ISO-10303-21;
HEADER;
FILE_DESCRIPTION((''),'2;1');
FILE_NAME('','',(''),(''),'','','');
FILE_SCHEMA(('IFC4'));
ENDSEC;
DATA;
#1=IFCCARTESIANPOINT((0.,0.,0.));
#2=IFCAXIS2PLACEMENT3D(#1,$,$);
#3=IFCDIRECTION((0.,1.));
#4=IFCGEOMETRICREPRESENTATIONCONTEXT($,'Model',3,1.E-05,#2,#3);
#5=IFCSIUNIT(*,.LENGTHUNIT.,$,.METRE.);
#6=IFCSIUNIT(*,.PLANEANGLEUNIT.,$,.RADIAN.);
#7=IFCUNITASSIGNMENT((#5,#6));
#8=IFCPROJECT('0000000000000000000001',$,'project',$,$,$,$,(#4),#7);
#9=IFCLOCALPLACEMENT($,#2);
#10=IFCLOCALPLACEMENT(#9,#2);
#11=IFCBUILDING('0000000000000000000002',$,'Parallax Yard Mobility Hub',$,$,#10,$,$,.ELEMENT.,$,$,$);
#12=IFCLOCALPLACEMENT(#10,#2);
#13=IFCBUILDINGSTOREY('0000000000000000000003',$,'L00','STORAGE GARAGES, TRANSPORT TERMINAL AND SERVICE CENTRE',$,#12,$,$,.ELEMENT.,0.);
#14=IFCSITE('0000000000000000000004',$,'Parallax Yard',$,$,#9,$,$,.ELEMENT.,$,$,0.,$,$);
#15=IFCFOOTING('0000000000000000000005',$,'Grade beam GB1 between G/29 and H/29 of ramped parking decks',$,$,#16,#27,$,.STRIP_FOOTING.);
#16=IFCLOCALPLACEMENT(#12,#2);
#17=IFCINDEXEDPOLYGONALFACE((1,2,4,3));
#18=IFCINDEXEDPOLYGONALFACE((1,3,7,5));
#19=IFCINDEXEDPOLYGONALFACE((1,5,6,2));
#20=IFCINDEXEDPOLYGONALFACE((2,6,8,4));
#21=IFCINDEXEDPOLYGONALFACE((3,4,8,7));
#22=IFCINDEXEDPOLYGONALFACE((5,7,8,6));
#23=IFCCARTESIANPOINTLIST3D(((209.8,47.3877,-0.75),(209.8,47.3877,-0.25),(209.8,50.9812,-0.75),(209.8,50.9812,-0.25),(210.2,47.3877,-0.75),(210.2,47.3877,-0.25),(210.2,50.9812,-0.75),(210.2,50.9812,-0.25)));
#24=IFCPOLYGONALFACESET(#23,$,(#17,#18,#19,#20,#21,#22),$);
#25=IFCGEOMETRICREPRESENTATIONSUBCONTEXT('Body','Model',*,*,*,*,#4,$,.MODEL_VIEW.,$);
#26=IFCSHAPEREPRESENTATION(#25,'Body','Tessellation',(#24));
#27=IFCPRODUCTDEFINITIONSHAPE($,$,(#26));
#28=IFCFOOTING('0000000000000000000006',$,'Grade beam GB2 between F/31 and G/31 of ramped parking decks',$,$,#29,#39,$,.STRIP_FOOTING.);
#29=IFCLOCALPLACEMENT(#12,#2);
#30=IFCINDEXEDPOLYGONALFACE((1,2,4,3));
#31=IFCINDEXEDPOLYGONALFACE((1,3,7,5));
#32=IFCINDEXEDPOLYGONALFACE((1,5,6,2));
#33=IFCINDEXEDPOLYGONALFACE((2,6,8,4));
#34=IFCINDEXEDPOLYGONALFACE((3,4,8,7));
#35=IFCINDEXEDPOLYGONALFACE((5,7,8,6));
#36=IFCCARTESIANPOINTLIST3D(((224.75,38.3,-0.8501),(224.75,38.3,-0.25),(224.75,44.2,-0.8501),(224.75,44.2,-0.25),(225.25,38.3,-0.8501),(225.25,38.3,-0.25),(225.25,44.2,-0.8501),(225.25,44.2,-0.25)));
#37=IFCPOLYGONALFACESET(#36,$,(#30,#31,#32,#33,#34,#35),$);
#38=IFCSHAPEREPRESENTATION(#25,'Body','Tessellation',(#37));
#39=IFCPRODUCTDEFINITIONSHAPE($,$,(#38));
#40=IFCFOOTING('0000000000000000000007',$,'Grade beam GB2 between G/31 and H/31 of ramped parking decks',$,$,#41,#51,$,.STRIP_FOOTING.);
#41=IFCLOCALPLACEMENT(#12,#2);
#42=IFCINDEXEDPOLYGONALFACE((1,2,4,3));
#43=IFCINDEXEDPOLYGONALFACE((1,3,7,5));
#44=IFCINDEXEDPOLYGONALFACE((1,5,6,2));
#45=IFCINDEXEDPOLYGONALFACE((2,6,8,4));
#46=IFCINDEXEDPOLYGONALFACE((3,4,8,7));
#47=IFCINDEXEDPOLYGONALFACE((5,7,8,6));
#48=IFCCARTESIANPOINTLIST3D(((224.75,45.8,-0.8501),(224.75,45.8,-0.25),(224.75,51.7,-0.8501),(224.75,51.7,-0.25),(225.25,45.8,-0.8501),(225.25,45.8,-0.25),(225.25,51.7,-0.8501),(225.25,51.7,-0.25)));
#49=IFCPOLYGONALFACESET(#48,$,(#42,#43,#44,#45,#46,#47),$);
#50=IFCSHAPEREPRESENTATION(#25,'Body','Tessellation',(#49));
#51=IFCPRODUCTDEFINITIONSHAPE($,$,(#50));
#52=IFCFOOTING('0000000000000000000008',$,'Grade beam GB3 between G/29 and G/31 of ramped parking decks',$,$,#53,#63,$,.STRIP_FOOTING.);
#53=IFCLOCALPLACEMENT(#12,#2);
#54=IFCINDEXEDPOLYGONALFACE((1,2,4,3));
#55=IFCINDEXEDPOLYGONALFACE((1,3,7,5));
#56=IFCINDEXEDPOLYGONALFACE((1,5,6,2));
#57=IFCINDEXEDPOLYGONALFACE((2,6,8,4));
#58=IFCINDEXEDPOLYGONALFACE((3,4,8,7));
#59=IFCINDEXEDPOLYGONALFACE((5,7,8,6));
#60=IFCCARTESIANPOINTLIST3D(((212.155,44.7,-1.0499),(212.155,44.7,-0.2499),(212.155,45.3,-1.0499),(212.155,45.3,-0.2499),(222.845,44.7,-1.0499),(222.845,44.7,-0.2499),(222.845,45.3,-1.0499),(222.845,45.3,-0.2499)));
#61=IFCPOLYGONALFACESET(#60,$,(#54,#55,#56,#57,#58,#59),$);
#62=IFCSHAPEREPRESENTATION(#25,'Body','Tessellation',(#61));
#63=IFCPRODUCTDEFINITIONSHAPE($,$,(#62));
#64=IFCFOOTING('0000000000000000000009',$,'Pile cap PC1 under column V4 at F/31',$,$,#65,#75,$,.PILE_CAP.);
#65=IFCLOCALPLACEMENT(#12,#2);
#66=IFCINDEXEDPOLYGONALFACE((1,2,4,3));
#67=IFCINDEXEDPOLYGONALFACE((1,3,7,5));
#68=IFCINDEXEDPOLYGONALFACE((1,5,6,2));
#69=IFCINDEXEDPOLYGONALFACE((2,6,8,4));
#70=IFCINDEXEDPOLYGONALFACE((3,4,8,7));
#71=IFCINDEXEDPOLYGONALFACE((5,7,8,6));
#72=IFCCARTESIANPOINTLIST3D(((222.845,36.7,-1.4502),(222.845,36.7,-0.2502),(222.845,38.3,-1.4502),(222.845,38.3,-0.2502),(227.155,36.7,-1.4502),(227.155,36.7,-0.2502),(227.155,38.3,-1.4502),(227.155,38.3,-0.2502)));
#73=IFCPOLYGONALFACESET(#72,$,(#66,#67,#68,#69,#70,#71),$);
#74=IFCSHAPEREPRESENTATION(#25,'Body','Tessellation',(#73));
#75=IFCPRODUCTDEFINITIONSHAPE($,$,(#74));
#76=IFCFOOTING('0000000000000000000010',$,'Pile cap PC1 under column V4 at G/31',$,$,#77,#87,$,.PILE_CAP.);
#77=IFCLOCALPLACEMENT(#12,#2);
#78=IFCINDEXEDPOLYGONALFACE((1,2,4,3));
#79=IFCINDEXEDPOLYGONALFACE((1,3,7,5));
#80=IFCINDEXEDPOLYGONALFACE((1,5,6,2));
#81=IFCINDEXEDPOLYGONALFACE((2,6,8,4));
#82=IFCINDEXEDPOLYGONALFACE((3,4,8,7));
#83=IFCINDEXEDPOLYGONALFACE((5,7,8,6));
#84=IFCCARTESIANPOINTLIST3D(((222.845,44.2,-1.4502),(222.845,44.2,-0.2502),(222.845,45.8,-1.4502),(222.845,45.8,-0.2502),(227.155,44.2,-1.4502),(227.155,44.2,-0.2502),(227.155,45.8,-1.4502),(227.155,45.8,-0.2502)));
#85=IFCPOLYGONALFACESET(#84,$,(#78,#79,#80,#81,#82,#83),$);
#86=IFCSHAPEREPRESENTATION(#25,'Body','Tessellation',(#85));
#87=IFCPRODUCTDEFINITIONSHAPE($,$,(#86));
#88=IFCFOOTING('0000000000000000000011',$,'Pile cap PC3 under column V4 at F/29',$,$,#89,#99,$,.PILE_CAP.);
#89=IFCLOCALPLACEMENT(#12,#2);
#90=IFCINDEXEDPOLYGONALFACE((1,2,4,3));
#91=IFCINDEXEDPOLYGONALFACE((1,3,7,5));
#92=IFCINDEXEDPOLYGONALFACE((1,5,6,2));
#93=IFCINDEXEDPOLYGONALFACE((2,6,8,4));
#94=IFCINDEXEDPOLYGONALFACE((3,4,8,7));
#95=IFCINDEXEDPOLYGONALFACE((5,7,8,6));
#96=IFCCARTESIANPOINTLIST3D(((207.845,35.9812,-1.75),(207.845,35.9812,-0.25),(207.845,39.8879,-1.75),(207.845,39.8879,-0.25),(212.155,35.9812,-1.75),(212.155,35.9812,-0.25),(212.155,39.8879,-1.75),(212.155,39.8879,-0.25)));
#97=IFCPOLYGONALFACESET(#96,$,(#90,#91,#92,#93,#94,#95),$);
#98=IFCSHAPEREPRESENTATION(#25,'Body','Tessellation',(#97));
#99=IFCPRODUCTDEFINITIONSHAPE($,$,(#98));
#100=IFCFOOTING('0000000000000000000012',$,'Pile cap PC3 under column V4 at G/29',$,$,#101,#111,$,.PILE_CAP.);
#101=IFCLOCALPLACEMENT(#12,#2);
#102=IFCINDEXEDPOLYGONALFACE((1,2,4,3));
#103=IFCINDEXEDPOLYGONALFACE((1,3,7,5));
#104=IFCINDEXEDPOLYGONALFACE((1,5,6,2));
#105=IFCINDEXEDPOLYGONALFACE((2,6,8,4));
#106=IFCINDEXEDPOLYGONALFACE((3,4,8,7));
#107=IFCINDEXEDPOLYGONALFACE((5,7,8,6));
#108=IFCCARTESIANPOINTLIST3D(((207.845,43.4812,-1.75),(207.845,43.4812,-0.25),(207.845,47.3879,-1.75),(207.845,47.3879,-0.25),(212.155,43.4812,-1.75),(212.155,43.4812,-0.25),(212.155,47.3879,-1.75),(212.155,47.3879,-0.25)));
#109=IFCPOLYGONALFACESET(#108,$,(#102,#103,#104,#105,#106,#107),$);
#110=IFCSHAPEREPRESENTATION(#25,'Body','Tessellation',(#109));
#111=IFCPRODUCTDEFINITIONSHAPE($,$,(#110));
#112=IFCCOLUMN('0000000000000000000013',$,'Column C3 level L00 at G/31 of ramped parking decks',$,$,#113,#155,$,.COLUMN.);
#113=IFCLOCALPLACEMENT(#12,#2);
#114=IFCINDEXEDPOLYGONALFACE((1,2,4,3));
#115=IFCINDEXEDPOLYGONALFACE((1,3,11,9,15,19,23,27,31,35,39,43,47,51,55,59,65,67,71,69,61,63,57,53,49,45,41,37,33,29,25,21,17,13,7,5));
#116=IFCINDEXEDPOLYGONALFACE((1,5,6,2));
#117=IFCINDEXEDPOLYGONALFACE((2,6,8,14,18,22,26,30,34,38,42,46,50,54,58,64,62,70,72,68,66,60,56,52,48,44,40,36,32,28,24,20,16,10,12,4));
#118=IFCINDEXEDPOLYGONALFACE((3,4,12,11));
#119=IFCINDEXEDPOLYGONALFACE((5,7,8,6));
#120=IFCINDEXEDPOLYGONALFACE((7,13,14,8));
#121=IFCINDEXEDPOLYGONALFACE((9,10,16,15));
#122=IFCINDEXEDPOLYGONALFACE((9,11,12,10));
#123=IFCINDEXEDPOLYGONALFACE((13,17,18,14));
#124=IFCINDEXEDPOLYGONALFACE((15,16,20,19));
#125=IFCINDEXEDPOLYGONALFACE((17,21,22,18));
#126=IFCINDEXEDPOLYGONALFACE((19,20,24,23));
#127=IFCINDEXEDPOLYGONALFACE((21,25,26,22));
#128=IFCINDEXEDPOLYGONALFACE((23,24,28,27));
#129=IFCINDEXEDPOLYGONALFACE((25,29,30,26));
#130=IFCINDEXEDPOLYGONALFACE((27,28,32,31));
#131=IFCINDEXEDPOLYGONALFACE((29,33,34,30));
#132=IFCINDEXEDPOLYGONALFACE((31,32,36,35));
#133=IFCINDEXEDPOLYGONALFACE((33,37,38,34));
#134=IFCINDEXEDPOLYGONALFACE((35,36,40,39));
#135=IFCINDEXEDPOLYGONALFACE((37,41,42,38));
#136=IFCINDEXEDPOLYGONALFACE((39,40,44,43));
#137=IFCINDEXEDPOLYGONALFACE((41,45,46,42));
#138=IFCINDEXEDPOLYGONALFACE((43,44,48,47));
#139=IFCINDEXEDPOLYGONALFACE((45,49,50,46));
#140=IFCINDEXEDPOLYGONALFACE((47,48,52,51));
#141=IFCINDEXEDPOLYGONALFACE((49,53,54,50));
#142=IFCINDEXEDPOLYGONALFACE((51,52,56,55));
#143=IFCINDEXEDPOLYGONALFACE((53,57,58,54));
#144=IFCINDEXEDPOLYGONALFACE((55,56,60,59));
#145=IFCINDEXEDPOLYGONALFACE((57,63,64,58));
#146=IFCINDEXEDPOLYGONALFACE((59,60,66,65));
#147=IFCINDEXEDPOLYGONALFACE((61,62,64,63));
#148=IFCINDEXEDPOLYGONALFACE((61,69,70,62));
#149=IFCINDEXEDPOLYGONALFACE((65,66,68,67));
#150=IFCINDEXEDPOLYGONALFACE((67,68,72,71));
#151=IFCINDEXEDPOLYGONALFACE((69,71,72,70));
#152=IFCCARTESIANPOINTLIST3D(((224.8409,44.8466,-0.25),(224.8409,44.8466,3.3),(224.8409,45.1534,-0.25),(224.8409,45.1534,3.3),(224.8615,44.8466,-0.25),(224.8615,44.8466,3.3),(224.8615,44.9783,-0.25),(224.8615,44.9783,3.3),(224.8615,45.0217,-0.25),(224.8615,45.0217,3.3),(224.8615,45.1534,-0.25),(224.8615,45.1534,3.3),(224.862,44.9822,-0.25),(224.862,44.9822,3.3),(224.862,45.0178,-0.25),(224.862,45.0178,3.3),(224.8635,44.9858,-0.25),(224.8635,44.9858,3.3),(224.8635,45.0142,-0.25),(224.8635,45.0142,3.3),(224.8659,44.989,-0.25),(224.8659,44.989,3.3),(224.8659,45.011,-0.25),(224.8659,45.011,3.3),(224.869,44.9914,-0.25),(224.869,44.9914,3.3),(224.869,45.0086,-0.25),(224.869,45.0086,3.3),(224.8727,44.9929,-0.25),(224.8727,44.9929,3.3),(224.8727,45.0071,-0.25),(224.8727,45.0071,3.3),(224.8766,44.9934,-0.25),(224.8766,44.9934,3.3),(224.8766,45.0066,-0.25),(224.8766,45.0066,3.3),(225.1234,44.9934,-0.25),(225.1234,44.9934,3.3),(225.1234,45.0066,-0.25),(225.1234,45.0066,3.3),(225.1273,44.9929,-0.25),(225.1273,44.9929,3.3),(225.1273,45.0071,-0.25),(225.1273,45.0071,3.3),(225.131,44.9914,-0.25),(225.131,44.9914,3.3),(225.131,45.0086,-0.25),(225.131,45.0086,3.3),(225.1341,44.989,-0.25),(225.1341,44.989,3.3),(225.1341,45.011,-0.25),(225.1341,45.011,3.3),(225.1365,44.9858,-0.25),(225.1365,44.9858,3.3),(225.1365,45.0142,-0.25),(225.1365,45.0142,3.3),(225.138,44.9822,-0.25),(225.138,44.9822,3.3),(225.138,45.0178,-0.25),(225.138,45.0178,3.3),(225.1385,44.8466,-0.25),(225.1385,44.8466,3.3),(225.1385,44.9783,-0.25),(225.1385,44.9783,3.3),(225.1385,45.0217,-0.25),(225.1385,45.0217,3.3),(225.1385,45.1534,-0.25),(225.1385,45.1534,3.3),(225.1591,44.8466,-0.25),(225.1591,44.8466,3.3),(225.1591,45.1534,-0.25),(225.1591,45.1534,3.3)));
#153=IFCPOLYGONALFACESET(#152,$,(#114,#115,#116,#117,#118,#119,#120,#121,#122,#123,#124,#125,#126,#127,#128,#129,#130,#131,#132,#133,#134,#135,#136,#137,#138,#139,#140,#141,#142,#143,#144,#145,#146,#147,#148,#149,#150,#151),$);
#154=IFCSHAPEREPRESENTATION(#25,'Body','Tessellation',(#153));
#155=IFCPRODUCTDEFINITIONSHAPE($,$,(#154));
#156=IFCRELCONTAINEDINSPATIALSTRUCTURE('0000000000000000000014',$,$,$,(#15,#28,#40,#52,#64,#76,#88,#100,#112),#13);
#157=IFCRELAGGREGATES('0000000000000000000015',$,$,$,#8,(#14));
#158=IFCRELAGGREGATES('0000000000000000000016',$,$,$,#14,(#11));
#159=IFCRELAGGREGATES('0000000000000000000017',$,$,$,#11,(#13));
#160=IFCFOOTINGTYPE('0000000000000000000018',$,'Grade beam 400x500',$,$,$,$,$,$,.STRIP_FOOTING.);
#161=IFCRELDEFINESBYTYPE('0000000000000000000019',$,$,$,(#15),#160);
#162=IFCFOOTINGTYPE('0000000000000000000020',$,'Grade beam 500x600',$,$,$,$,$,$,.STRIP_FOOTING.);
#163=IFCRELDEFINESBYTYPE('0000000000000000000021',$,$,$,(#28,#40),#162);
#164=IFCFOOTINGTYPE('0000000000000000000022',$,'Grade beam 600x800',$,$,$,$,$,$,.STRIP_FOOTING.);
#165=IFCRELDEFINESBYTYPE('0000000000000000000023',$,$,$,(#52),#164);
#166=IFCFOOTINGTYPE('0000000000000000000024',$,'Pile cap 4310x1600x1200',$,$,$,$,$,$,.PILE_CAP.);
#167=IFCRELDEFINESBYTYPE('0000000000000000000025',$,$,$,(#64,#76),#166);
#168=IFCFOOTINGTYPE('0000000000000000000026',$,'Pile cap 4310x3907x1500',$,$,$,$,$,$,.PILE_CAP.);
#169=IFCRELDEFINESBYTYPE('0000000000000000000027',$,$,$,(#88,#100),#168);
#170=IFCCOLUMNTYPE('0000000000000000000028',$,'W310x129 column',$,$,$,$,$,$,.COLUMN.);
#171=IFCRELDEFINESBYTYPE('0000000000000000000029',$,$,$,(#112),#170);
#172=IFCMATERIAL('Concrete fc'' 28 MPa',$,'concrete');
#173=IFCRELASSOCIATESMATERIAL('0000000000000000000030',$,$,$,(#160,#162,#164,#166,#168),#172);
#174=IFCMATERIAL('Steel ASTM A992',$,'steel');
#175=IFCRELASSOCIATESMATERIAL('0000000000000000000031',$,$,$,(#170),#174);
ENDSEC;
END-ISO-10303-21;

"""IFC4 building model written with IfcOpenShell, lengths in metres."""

from ifc_helpers import new_model, si_unit, direction, frame, origin, origin_2d, place, context, subcontext, project, spatial, rectangle, i_section, extrude, material, material_profile, profile_set, type_object, element, save


model = new_model("IFC4")

# Units and contexts
model_context = context("Model", 3, precision=1e-05, world=origin(), true_north=direction((0.0, 1.0)))
body_context = subcontext(model_context, "Body", "Model", "MODEL_VIEW")
ifc_project = project(units=[si_unit("LENGTHUNIT", "METRE"), si_unit("PLANEANGLEUNIT", "RADIAN")], contexts=[model_context])

# Site, building, storey
site_placement = place(None, origin())
site = spatial("IfcSite", under=ifc_project, at=site_placement, Name="Parallax Yard", CompositionType="ELEMENT", RefElevation=0.0)
building_placement = place(site_placement, origin())
building = spatial("IfcBuilding", under=site, at=building_placement, Name="Parallax Yard Mobility Hub", CompositionType="ELEMENT")
storey_placement = place(building_placement, origin())
storey = spatial("IfcBuildingStorey", under=building, at=storey_placement, Name="L00", Description="STORAGE GARAGES, TRANSPORT TERMINAL AND SERVICE CENTRE", CompositionType="ELEMENT", Elevation=0.0)

# Shared definitions
ifc_material_1 = material(Name="Concrete fc' 28 MPa", Category="concrete")

# Footings
ifc_material_profile_1 = material_profile(ifc_material_1, rectangle(XDim=0.3999, YDim=0.5, at=origin_2d()), Name="Grade beam 400x500")
ifc_profile_set_1 = profile_set([ifc_material_profile_1], Name="Concrete fc' 28 MPa")
footing_type_1 = type_object("IfcFootingType", Name="Grade beam 400x500", PredefinedType="STRIP_FOOTING", material=ifc_profile_set_1)
for number, where, z_axis, x_axis, name in (
    (1, (210.0, 47.3877, -0.5), (0.0, 1.0, 0.0), (-1.0, 0.0, 0.0), "Grade beam GB1 between G/29 and H/29 of ramped parking decks"),
):
    element("IfcFooting", number, at=place(storey_placement, frame(where, z_axis=z_axis, x_axis=x_axis)), inside=storey, type_object=footing_type_1, Name=name, PredefinedType="STRIP_FOOTING", context=body_context, shape_type="SweptSolid", body=[
        extrude(rectangle(XDim=0.3999, YDim=0.5, at=origin_2d()), origin(), (0.0, 0.0, 1.0), 3.5935),
    ])
ifc_material_profile_2 = material_profile(ifc_material_1, rectangle(XDim=0.5, YDim=0.6001, at=origin_2d()), Name="Grade beam 500x600")
ifc_profile_set_2 = profile_set([ifc_material_profile_2], Name="Concrete fc' 28 MPa")
footing_type_2 = type_object("IfcFootingType", Name="Grade beam 500x600", PredefinedType="STRIP_FOOTING", material=ifc_profile_set_2)
for number, where, z_axis, x_axis, name in (
    (2, (225.0, 38.3, -0.55), (0.0, 1.0, 0.0), (-1.0, 0.0, 0.0), "Grade beam GB2 between F/31 and G/31 of ramped parking decks"),
    (3, (225.0, 45.8, -0.55), (0.0, 1.0, 0.0), (-1.0, 0.0, 0.0), "Grade beam GB2 between G/31 and H/31 of ramped parking decks"),
):
    element("IfcFooting", number, at=place(storey_placement, frame(where, z_axis=z_axis, x_axis=x_axis)), inside=storey, type_object=footing_type_2, Name=name, PredefinedType="STRIP_FOOTING", context=body_context, shape_type="SweptSolid", body=[
        extrude(rectangle(XDim=0.5, YDim=0.6001, at=origin_2d()), origin(), (0.0, 0.0, 1.0), 5.8999),
    ])
ifc_material_profile_3 = material_profile(ifc_material_1, rectangle(XDim=0.6001, YDim=0.8, at=origin_2d()), Name="Grade beam 600x800")
ifc_profile_set_3 = profile_set([ifc_material_profile_3], Name="Concrete fc' 28 MPa")
footing_type_3 = type_object("IfcFootingType", Name="Grade beam 600x800", PredefinedType="STRIP_FOOTING", material=ifc_profile_set_3)
footing_placement = place(storey_placement, frame((212.155, 45.0, -0.6499), z_axis=(1.0, 0.0, 0.0), x_axis=(0.0, 1.0, 0.0)))
element("IfcFooting", 4, at=footing_placement, inside=storey, type_object=footing_type_3, Name="Grade beam GB3 between G/29 and G/31 of ramped parking decks", PredefinedType="STRIP_FOOTING", context=body_context, shape_type="SweptSolid", body=[
    extrude(rectangle(XDim=0.6001, YDim=0.8, at=origin_2d()), origin(), (0.0, 0.0, 1.0), 10.6899),
])
footing_type_4 = type_object("IfcFootingType", Name="Pile cap 4310x1600x1200", PredefinedType="PILE_CAP", material=ifc_material_1)
for number, where, z_axis, x_axis, name in (
    (5, (225.0, 37.5, -1.4502), (0.0, 0.0, 1.0), (1.0, 0.0, 0.0), "Pile cap PC1 under column V4 at F/31"),
    (6, (225.0, 45.0, -1.4502), (0.0, 0.0, 1.0), (1.0, 0.0, 0.0), "Pile cap PC1 under column V4 at G/31"),
):
    element("IfcFooting", number, at=place(storey_placement, frame(where, z_axis=z_axis, x_axis=x_axis)), inside=storey, type_object=footing_type_4, Name=name, PredefinedType="PILE_CAP", context=body_context, shape_type="SweptSolid", body=[
        extrude(rectangle(XDim=4.3101, YDim=1.6001, at=origin_2d()), origin(), (0.0, 0.0, 1.0), 1.2),
    ])
footing_type_5 = type_object("IfcFootingType", Name="Pile cap 4310x3907x1500", PredefinedType="PILE_CAP", material=ifc_material_1)
for number, where, z_axis, x_axis, name in (
    (7, (210.0, 37.9346, -1.75), (0.0, 0.0, 1.0), (1.0, 0.0, 0.0), "Pile cap PC3 under column V4 at F/29"),
    (8, (210.0, 45.4346, -1.75), (0.0, 0.0, 1.0), (1.0, 0.0, 0.0), "Pile cap PC3 under column V4 at G/29"),
):
    element("IfcFooting", number, at=place(storey_placement, frame(where, z_axis=z_axis, x_axis=x_axis)), inside=storey, type_object=footing_type_5, Name=name, PredefinedType="PILE_CAP", context=body_context, shape_type="SweptSolid", body=[
        extrude(rectangle(XDim=4.3101, YDim=3.9067, at=origin_2d()), origin(), (0.0, 0.0, 1.0), 1.5),
    ])

# Column
ifc_material_2 = material(Name="Steel ASTM A992", Category="steel")
ifc_material_profile_4 = material_profile(ifc_material_2, i_section(OverallWidth=0.3069, OverallDepth=0.3181, WebThickness=0.0132, FlangeThickness=0.0205, FilletRadius=0.0151, at=origin_2d()), Name="W310x129")
ifc_profile_set_4 = profile_set([ifc_material_profile_4], Name="Steel ASTM A992")
column_type_1 = type_object("IfcColumnType", Name="W310x129 column", PredefinedType="COLUMN", material=ifc_profile_set_4)
for number, where, z_axis, x_axis, name in (
    (9, (225.0, 45.0, -0.25), (0.0, 0.0, 1.0), (0.0, 1.0, 0.0), "Column C3 level L00 at G/31 of ramped parking decks"),
):
    element("IfcColumn", number, at=place(storey_placement, frame(where, z_axis=z_axis, x_axis=x_axis)), inside=storey, type_object=column_type_1, Name=name, PredefinedType="COLUMN", context=body_context, shape_type="SweptSolid", body=[
        extrude(i_section(OverallWidth=0.3069, OverallDepth=0.3181, WebThickness=0.0132, FlangeThickness=0.0205, FilletRadius=0.0151, at=origin_2d()), origin(), (0.0, 0.0, 1.0), 3.55),
    ])

save(model, "model.ifc")
